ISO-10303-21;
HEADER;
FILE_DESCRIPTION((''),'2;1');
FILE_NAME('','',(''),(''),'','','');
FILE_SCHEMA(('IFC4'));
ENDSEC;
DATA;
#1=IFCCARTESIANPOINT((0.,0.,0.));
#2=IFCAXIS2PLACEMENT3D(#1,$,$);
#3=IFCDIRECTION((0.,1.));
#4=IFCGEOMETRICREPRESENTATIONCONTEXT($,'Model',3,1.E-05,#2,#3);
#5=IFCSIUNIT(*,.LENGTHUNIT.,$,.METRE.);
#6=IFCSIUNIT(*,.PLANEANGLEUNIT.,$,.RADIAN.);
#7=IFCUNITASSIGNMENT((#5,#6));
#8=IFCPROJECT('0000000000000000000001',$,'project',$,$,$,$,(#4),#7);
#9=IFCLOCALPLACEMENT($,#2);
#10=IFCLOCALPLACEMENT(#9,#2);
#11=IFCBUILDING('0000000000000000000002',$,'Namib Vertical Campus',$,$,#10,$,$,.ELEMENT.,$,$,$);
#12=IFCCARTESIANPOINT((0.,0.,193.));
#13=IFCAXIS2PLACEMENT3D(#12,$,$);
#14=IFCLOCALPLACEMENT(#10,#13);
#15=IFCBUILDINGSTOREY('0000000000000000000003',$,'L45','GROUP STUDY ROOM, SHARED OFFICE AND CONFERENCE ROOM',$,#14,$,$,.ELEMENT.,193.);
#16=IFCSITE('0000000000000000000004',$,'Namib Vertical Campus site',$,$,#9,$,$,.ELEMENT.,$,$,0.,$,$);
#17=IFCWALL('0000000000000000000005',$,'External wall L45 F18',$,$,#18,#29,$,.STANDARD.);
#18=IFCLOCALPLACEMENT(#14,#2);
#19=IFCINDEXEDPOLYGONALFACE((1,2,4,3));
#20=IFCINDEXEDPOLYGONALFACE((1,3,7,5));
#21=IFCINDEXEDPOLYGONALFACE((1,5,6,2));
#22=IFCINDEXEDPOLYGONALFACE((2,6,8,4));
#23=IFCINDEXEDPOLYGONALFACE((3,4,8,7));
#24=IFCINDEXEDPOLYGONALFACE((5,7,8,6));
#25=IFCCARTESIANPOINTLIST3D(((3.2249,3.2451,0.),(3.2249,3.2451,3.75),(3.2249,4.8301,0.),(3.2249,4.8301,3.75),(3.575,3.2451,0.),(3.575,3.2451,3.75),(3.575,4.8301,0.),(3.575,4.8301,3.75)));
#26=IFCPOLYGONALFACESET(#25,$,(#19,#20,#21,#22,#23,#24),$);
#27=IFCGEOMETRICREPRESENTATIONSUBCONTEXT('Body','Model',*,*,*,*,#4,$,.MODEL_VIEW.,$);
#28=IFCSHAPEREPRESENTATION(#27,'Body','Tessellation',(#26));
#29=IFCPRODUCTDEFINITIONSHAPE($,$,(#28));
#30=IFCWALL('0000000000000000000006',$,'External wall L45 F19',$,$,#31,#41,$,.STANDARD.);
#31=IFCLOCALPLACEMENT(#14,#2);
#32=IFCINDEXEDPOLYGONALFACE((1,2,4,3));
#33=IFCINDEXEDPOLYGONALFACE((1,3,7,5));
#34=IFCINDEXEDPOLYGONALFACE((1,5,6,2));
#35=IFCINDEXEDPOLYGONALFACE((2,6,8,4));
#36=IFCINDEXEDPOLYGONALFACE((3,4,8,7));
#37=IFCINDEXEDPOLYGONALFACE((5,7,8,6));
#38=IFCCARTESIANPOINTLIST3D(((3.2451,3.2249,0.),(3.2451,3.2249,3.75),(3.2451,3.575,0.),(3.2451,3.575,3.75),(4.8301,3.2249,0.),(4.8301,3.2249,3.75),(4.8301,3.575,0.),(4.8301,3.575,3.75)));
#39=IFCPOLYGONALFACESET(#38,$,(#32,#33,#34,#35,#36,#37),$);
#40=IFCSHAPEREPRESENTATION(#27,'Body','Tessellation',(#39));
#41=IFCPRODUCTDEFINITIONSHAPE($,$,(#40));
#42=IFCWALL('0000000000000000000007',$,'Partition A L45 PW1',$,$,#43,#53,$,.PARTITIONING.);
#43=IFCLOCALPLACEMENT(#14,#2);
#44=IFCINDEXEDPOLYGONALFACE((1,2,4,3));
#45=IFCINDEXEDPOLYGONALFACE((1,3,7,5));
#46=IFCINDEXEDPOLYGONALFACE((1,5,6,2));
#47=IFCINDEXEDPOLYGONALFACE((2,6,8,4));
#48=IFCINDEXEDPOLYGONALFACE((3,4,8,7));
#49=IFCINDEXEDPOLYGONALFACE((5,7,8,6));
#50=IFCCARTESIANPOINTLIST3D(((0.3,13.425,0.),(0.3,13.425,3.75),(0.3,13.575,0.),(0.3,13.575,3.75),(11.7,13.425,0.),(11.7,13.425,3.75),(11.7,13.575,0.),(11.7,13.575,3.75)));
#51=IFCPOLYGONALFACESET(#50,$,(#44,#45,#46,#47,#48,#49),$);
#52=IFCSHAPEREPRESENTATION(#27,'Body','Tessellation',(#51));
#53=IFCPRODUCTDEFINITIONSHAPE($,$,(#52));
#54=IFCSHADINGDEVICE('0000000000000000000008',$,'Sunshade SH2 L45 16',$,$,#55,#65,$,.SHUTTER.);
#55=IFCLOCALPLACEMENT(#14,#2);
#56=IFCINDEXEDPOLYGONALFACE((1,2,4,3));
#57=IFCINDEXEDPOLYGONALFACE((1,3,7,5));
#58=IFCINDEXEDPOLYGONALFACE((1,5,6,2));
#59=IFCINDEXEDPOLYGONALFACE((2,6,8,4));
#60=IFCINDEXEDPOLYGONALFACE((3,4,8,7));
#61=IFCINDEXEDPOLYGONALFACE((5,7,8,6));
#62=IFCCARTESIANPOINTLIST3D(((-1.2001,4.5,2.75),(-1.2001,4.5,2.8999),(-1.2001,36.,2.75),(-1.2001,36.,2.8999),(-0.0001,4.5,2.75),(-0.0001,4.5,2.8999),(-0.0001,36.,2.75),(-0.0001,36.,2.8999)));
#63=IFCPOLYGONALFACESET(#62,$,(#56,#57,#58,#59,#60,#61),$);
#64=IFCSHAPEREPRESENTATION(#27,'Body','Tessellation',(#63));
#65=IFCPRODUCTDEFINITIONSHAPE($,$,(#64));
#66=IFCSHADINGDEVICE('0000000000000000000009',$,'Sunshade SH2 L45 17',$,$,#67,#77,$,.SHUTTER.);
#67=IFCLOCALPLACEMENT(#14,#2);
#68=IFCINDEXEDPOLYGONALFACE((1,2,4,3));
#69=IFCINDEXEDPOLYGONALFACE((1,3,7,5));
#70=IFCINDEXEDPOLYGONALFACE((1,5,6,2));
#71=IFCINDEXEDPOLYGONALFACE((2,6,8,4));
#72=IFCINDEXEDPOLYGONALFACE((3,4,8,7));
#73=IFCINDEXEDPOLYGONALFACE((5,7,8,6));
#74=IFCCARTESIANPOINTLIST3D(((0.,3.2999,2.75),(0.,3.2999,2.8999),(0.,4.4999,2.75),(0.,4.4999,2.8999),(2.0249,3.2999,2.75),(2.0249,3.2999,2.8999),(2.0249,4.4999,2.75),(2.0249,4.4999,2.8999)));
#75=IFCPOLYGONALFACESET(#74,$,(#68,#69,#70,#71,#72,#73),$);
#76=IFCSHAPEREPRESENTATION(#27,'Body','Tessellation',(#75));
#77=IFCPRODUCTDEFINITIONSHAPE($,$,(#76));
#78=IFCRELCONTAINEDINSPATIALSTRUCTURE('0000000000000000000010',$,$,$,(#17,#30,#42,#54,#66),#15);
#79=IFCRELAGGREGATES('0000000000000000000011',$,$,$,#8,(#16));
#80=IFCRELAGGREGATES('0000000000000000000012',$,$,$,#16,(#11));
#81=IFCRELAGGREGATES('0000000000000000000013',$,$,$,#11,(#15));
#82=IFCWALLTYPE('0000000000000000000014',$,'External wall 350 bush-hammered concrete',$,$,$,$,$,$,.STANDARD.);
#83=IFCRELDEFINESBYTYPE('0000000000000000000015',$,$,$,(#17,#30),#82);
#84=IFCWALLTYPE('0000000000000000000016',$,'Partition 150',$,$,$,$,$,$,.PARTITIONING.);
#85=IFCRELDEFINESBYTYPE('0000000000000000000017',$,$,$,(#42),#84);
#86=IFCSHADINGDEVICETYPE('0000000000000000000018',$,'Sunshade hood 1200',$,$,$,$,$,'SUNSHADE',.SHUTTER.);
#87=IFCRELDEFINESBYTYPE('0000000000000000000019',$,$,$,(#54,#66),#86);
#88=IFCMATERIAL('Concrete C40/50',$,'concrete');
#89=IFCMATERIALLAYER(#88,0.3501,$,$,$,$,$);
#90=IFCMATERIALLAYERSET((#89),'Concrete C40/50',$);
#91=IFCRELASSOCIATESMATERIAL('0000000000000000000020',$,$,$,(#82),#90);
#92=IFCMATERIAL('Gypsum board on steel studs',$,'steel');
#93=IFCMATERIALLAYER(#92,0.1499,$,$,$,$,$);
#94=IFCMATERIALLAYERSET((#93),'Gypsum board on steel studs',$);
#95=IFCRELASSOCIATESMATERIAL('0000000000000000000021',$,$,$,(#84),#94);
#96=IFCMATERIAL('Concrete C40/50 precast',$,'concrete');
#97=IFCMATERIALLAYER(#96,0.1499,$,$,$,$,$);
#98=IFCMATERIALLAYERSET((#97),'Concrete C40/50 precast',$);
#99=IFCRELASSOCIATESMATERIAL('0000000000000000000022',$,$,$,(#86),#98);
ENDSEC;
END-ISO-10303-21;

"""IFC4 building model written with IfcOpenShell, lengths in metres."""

from ifc_helpers import new_model, si_unit, direction, frame, frame_2d, origin, origin_2d, place, context, subcontext, project, spatial, rectangle, extrude, material, layer, layer_set, type_object, element, save


model = new_model("IFC4")

# Units and contexts
model_context = context("Model", 3, precision=1e-05, world=origin(), true_north=direction((0.0, 1.0)))
body_context = subcontext(model_context, "Body", "Model", "MODEL_VIEW")
ifc_project = project(units=[si_unit("LENGTHUNIT", "METRE"), si_unit("PLANEANGLEUNIT", "RADIAN")], contexts=[model_context])

# Site, building, storey
site_placement = place(None, origin())
site = spatial("IfcSite", under=ifc_project, at=site_placement, Name="Namib Vertical Campus site", CompositionType="ELEMENT", RefElevation=0.0)
building_placement = place(site_placement, origin())
building = spatial("IfcBuilding", under=site, at=building_placement, Name="Namib Vertical Campus", CompositionType="ELEMENT")
storey_placement = place(building_placement, frame((0.0, 0.0, 193.0)))
storey = spatial("IfcBuildingStorey", under=building, at=storey_placement, Name="L45", Description="GROUP STUDY ROOM, SHARED OFFICE AND CONFERENCE ROOM", CompositionType="ELEMENT", Elevation=193.0)

# Walls
ifc_material_1 = material(Name="Concrete C40/50", Category="concrete")
ifc_layer_1 = layer(ifc_material_1, 0.3501)
ifc_layer_set_1 = layer_set([ifc_layer_1], Name="Concrete C40/50")
wall_type_1 = type_object("IfcWallType", Name="External wall 350 bush-hammered concrete", PredefinedType="STANDARD", material=ifc_layer_set_1)
for number, where, z_axis, x_axis, name in (
    (1, (3.3999, 4.8301, 0.0), (0.0, 0.0, 1.0), (0.0, -1.0, 0.0), "External wall L45 F18"),
    (2, (3.2451, 3.3999, 0.0), (0.0, 0.0, 1.0), (1.0, 0.0, 0.0), "External wall L45 F19"),
):
    element("IfcWall", number, at=place(storey_placement, frame(where, z_axis=z_axis, x_axis=x_axis)), inside=storey, type_object=wall_type_1, Name=name, PredefinedType="STANDARD", context=body_context, shape_type="SweptSolid", body=[
        extrude(rectangle(XDim=1.585, YDim=0.3501, at=frame_2d((0.7925, 0.0))), origin(), (0.0, 0.0, 1.0), 3.75),
    ])
ifc_material_2 = material(Name="Gypsum board on steel studs", Category="steel")
ifc_layer_2 = layer(ifc_material_2, 0.1499)
ifc_layer_set_2 = layer_set([ifc_layer_2], Name="Gypsum board on steel studs")
wall_type_2 = type_object("IfcWallType", Name="Partition 150", PredefinedType="PARTITIONING", material=ifc_layer_set_2)
wall_1_placement = place(storey_placement, frame((0.3, 13.5, 0.0), z_axis=(0.0, 0.0, 1.0), x_axis=(1.0, 0.0, 0.0)))
element("IfcWall", 3, at=wall_1_placement, inside=storey, type_object=wall_type_2, Name="Partition A L45 PW1", PredefinedType="PARTITIONING", context=body_context, shape_type="SweptSolid", body=[
    extrude(rectangle(XDim=11.3999, YDim=0.1499, at=frame_2d((5.7, 0.0))), origin(), (0.0, 0.0, 1.0), 3.75),
])

# Shading devices
ifc_material_3 = material(Name="Concrete C40/50 precast", Category="concrete")
ifc_layer_3 = layer(ifc_material_3, 0.1499)
ifc_layer_set_3 = layer_set([ifc_layer_3], Name="Concrete C40/50 precast")
shading_device_type = type_object("IfcShadingDeviceType", Name="Sunshade hood 1200", ElementType="SUNSHADE", PredefinedType="SHUTTER", material=ifc_layer_set_3)
shading_device_1_placement = place(storey_placement, frame((-0.6001, 20.25, 2.75), z_axis=(0.0, 0.0, 1.0), x_axis=(0.0, -1.0, 0.0)))
element("IfcShadingDevice", 4, at=shading_device_1_placement, inside=storey, type_object=shading_device_type, Name="Sunshade SH2 L45 16", PredefinedType="SHUTTER", context=body_context, shape_type="SweptSolid", body=[
    extrude(rectangle(XDim=31.5, YDim=1.2, at=origin_2d()), origin(), (0.0, 0.0, 1.0), 0.1499),
])
shading_device_2_placement = place(storey_placement, frame((1.0125, 3.8999, 2.75), z_axis=(0.0, 0.0, 1.0), x_axis=(1.0, 0.0, 0.0)))
element("IfcShadingDevice", 5, at=shading_device_2_placement, inside=storey, type_object=shading_device_type, Name="Sunshade SH2 L45 17", PredefinedType="SHUTTER", context=body_context, shape_type="SweptSolid", body=[
    extrude(rectangle(XDim=2.0249, YDim=1.2, at=origin_2d()), origin(), (0.0, 0.0, 1.0), 0.1499),
])

save(model, "model.ifc")
